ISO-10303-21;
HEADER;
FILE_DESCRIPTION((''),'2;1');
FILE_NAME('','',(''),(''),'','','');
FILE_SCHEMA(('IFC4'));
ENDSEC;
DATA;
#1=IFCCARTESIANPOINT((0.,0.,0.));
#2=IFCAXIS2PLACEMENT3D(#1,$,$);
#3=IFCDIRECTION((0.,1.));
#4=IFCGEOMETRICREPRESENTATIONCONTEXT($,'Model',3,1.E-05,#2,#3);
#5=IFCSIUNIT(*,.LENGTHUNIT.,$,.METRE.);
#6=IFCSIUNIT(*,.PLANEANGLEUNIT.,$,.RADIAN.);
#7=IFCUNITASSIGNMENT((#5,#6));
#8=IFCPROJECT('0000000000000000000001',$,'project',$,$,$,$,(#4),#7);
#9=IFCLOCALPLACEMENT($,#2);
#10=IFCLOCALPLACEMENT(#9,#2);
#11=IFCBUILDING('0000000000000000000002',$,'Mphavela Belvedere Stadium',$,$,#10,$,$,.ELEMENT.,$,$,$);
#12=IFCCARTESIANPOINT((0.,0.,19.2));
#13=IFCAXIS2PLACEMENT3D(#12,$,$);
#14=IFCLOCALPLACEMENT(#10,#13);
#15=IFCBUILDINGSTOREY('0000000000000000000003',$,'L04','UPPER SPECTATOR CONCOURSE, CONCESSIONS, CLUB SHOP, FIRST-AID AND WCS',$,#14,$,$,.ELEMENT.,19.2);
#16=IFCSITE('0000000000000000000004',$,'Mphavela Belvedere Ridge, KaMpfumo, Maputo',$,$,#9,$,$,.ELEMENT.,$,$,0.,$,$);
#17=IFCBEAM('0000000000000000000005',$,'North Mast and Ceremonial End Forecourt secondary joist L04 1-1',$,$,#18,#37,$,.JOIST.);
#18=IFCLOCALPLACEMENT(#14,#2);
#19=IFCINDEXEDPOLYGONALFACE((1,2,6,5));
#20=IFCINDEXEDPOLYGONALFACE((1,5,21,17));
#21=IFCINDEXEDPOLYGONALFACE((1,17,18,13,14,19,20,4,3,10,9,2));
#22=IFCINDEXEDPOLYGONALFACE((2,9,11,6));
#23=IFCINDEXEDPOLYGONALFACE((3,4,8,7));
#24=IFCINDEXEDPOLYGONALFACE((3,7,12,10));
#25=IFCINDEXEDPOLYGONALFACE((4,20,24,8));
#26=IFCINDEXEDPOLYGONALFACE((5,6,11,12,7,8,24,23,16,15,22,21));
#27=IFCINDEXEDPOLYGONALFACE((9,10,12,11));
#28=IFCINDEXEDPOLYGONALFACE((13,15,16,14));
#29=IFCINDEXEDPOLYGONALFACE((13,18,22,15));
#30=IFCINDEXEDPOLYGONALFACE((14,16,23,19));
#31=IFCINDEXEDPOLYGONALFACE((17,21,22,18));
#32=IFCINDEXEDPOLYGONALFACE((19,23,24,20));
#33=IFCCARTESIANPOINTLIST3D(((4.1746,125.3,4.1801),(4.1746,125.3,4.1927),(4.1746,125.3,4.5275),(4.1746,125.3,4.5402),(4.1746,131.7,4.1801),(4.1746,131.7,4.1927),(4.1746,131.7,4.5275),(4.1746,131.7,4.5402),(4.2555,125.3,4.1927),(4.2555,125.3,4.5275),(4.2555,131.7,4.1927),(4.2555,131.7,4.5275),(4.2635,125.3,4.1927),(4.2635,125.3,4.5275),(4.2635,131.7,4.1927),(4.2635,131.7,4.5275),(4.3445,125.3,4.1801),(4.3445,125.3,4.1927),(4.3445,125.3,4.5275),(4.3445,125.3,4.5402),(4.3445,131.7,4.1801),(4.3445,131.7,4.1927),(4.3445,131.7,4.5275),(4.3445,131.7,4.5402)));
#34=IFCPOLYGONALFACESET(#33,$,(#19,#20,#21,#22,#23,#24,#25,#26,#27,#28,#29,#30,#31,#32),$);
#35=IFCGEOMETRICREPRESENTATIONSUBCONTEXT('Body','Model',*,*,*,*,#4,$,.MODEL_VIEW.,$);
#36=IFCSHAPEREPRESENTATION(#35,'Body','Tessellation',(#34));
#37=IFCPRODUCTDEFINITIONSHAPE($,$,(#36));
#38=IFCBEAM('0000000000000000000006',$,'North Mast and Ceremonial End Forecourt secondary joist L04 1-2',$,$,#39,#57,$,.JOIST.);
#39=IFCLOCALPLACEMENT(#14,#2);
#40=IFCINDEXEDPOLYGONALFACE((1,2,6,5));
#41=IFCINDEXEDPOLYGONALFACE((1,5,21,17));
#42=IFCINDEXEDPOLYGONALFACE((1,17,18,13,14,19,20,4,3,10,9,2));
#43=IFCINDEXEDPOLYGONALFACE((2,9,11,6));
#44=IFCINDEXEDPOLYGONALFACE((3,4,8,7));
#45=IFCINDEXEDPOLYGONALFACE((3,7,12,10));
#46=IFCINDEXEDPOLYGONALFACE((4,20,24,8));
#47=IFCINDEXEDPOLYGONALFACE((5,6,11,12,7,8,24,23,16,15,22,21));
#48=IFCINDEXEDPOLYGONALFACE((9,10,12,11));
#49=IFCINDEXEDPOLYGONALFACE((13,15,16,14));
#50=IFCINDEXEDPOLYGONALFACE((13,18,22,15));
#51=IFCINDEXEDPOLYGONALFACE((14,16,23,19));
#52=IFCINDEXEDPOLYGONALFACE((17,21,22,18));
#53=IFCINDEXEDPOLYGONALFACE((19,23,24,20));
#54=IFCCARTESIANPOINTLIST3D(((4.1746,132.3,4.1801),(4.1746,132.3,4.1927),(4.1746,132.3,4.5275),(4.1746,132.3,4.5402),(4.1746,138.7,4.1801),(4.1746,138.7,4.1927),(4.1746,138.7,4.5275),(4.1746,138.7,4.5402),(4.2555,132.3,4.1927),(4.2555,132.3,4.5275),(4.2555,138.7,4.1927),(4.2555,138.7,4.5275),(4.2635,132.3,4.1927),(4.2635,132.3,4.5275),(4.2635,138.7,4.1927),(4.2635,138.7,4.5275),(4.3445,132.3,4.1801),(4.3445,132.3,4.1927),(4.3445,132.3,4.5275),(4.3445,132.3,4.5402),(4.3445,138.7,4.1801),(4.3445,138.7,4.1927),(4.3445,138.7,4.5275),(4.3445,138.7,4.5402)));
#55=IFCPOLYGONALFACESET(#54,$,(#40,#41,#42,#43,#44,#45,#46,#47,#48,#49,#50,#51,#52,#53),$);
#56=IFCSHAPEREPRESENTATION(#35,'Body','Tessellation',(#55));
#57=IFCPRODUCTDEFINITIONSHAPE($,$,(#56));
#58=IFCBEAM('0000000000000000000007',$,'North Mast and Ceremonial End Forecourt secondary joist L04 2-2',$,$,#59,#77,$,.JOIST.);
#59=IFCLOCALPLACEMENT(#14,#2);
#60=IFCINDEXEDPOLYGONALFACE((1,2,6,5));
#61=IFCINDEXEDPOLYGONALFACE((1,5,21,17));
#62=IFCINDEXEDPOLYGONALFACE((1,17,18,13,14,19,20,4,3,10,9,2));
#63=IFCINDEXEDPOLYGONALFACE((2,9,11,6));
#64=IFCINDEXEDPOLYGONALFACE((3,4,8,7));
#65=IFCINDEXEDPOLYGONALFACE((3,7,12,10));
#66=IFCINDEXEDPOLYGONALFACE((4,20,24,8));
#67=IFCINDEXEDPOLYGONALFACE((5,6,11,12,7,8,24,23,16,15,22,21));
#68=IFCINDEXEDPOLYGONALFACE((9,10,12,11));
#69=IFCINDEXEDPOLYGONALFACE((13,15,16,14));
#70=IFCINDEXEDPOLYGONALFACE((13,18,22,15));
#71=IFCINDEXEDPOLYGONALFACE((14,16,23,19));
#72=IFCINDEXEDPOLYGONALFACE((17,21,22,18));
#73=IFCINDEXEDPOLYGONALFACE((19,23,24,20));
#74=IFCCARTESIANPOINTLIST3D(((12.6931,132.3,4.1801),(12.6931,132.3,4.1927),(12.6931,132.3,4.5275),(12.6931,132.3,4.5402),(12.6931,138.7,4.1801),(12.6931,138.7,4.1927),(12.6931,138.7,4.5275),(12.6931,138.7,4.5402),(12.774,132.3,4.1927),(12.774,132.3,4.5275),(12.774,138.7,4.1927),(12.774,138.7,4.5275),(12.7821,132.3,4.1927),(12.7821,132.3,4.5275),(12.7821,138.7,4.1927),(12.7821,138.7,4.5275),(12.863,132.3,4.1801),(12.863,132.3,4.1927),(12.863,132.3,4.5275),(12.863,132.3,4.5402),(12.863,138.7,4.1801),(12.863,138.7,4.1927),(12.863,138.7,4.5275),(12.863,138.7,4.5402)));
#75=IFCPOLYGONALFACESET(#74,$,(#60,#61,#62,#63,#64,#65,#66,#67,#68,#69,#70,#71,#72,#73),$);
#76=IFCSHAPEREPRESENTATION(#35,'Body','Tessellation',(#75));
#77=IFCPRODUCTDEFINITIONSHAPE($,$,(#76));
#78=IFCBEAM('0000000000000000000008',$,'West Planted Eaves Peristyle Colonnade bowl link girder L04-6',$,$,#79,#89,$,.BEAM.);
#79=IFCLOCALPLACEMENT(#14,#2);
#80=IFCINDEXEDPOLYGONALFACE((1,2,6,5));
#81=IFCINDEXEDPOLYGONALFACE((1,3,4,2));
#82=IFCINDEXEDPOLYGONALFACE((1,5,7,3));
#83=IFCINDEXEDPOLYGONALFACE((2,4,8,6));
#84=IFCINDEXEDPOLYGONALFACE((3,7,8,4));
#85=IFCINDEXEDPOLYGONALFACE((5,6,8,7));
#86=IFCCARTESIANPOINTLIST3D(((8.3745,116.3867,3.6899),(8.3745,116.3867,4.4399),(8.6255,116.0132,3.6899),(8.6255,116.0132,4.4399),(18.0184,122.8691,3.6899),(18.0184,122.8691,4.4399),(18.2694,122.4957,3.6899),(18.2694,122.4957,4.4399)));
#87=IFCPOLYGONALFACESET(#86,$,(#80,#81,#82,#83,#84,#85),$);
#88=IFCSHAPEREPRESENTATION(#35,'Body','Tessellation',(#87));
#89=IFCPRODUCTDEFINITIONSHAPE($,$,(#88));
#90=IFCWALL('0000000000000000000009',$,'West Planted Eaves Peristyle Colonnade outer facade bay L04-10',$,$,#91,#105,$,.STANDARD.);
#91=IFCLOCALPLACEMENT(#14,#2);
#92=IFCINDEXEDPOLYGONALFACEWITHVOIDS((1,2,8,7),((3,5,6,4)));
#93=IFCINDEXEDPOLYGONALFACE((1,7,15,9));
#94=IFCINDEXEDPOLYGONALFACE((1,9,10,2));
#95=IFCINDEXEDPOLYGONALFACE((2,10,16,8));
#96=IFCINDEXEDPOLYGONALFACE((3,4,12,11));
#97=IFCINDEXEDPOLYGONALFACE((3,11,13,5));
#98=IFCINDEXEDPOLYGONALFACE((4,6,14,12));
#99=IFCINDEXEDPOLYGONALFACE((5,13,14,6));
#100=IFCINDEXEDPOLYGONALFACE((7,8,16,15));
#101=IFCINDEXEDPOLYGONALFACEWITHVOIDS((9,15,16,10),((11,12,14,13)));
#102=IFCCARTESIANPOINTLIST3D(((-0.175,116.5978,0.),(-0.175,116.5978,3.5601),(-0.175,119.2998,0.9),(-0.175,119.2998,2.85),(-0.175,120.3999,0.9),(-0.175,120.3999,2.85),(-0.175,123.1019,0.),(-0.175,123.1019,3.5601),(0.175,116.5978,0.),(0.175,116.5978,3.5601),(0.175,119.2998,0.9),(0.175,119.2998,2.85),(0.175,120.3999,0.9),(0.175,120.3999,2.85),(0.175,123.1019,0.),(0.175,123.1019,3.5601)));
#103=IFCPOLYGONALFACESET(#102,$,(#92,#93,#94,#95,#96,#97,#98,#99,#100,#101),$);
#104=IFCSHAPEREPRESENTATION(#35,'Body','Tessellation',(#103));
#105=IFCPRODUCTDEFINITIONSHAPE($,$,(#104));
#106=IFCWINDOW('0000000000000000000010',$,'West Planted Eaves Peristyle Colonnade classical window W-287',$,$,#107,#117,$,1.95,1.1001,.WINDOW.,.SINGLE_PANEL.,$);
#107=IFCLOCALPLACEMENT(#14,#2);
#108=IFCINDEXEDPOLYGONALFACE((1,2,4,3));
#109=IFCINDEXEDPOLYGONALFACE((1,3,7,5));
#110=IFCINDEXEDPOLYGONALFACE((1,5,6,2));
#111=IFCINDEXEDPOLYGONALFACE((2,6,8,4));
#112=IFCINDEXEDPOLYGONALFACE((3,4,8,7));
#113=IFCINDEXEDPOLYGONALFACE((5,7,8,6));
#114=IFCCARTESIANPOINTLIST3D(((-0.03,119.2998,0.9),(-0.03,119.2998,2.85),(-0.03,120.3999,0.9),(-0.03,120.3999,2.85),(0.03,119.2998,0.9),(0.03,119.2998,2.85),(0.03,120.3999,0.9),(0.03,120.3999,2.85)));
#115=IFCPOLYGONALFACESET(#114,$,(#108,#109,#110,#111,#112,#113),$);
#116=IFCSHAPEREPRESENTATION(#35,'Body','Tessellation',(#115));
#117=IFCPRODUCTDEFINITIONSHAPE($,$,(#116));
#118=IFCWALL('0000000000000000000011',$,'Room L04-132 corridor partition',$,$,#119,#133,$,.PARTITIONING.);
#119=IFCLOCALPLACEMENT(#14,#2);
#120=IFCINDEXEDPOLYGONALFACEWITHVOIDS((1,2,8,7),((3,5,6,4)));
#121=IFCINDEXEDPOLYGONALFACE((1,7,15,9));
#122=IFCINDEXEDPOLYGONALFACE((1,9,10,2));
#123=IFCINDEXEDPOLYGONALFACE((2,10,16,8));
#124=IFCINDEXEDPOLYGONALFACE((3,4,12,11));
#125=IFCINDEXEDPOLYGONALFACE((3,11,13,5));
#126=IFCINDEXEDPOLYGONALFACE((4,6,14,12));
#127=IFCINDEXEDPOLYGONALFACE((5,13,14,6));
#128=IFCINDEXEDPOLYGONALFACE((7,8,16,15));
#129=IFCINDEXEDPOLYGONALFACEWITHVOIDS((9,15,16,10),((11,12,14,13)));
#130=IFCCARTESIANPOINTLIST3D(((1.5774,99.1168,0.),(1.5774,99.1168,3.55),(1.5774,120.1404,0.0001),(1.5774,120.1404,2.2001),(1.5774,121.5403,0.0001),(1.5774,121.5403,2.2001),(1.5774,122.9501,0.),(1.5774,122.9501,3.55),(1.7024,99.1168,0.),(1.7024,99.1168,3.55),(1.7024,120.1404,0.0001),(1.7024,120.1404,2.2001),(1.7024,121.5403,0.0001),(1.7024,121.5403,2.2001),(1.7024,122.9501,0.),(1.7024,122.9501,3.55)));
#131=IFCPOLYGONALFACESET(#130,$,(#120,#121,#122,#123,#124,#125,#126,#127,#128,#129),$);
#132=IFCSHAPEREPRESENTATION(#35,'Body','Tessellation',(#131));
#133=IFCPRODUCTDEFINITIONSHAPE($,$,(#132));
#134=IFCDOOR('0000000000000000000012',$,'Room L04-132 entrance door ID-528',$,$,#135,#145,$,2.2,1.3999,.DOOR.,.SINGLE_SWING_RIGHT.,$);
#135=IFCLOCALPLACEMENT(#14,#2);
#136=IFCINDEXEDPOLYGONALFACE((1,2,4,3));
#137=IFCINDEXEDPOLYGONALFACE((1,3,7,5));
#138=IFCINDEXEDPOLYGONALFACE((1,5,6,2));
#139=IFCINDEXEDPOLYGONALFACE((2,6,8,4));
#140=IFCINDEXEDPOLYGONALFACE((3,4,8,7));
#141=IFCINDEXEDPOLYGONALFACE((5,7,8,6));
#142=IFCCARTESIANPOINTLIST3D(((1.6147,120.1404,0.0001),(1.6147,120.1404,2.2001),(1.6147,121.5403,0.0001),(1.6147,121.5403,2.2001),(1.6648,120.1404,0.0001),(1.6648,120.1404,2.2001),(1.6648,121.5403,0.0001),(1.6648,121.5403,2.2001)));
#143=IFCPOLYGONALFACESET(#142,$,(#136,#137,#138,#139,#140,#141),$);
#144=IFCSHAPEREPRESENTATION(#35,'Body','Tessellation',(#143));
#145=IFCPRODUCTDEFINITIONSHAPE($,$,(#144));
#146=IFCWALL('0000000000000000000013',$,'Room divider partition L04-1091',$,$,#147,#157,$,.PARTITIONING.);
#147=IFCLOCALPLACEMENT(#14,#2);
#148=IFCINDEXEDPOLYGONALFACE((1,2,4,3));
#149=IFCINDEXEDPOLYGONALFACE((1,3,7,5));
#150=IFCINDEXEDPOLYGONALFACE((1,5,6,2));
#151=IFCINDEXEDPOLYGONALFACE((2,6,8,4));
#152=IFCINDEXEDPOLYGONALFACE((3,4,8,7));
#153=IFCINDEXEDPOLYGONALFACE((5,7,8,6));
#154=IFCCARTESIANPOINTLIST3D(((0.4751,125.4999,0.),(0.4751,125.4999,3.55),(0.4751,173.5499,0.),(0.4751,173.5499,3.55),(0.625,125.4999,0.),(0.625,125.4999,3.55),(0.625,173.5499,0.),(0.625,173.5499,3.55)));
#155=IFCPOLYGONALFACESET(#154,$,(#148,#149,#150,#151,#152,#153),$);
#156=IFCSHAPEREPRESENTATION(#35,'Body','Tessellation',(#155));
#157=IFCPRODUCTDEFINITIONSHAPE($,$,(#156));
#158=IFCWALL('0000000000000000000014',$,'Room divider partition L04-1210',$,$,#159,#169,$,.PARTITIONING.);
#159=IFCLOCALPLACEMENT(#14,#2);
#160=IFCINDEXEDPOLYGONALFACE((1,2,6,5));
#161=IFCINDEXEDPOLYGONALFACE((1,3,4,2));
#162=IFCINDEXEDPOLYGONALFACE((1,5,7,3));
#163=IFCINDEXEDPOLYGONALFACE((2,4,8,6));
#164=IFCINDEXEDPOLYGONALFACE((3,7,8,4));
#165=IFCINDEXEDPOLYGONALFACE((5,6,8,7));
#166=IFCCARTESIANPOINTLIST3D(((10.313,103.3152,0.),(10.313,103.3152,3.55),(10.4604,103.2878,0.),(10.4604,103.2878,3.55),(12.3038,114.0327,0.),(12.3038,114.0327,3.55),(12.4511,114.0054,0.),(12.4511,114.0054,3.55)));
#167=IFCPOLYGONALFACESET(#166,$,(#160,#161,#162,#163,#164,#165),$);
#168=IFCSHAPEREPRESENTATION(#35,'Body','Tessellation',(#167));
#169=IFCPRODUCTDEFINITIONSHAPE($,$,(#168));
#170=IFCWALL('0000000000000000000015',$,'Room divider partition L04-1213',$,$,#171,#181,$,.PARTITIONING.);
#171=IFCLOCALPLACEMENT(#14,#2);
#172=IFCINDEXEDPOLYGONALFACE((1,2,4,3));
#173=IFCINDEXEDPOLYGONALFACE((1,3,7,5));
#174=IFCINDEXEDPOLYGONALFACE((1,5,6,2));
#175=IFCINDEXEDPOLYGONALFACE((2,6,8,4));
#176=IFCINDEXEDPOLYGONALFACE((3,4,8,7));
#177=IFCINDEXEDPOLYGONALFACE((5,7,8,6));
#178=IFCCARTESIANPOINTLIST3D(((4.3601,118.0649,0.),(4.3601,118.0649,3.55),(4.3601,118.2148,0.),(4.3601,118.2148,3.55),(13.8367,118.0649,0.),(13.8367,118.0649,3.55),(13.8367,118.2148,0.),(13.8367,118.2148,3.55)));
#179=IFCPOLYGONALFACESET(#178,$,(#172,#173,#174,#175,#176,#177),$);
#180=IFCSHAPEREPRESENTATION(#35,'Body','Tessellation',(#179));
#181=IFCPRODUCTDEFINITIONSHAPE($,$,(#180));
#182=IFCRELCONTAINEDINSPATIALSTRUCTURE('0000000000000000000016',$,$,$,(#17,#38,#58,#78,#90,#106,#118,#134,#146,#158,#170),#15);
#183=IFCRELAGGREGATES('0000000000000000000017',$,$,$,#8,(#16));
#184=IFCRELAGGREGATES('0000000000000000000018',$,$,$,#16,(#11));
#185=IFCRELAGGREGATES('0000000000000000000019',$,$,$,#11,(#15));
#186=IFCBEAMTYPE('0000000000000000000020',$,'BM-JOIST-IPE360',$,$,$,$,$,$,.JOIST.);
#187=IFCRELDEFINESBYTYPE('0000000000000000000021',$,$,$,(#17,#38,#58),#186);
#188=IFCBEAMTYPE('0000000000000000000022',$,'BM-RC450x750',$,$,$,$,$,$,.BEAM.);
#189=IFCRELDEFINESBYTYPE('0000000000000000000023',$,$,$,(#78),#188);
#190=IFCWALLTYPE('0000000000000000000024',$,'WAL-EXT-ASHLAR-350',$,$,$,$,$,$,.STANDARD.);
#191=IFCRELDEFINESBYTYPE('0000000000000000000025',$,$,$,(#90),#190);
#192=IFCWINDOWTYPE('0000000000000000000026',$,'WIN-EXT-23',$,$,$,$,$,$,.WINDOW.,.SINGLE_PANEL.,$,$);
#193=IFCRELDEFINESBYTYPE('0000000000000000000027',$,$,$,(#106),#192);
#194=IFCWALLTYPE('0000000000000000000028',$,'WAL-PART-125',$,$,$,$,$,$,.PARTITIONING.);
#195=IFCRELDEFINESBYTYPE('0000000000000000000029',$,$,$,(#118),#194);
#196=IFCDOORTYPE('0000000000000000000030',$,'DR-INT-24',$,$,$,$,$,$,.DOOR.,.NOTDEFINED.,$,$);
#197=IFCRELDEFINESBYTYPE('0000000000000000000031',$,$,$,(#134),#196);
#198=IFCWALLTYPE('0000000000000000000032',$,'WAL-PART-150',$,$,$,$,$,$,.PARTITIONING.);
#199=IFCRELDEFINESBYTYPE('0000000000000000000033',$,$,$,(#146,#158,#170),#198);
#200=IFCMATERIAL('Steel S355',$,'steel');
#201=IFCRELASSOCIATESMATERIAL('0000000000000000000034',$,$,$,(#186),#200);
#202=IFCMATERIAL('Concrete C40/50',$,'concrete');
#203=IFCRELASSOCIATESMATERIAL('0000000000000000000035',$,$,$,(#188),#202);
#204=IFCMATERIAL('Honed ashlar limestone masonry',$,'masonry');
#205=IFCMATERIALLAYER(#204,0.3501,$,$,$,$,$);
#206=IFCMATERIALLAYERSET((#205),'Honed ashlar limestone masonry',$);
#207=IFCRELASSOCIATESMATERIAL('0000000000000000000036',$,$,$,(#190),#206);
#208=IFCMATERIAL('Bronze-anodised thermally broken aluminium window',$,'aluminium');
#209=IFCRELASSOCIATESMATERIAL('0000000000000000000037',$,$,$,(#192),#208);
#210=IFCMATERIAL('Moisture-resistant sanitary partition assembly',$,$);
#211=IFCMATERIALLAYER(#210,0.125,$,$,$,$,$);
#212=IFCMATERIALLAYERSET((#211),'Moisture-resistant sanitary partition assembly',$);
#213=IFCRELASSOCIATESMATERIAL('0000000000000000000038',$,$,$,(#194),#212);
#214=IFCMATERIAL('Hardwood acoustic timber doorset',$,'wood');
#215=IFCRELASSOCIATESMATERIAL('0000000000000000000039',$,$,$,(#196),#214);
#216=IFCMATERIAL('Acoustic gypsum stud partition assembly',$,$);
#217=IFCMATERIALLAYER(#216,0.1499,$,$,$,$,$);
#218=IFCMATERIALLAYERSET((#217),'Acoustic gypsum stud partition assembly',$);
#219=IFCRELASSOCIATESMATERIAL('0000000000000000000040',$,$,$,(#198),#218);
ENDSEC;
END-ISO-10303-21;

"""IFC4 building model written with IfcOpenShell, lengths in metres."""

from ifc_helpers import new_model, si_unit, direction, frame, frame_2d, origin, origin_2d, place, context, subcontext, project, spatial, rectangle, i_section, extrude, material, layer, layer_set, material_profile, profile_set, type_object, element, fill, save


model = new_model("IFC4")

# Units and contexts
model_context = context("Model", 3, precision=1e-05, world=origin(), true_north=direction((0.0, 1.0)))
body_context = subcontext(model_context, "Body", "Model", "MODEL_VIEW")
ifc_project = project(units=[si_unit("LENGTHUNIT", "METRE"), si_unit("PLANEANGLEUNIT", "RADIAN")], contexts=[model_context])

# Site, building, storey
site_placement = place(None, origin())
site = spatial("IfcSite", under=ifc_project, at=site_placement, Name="Mphavela Belvedere Ridge, KaMpfumo, Maputo", CompositionType="ELEMENT", RefElevation=0.0)
building_placement = place(site_placement, origin())
building = spatial("IfcBuilding", under=site, at=building_placement, Name="Mphavela Belvedere Stadium", CompositionType="ELEMENT")
storey_placement = place(building_placement, frame((0.0, 0.0, 19.2)))
storey = spatial("IfcBuildingStorey", under=building, at=storey_placement, Name="L04", Description="UPPER SPECTATOR CONCOURSE, CONCESSIONS, CLUB SHOP, FIRST-AID AND WCS", CompositionType="ELEMENT", Elevation=19.2)

# Beams
ifc_material_1 = material(Name="Steel S355", Category="steel")
ifc_material_profile_1 = material_profile(ifc_material_1, i_section(OverallWidth=0.1699, OverallDepth=0.3601, WebThickness=0.0081, FlangeThickness=0.0127, at=origin_2d()), Name="IPE 360")
ifc_profile_set_1 = profile_set([ifc_material_profile_1], Name="Steel S355")
beam_type_1 = type_object("IfcBeamType", Name="BM-JOIST-IPE360", PredefinedType="JOIST", material=ifc_profile_set_1)
for number, where, z_axis, x_axis, name in (
    (1, (4.2595, 125.3, 4.3601), (0.0, 1.0, 0.0), (-1.0, 0.0, 0.0), "North Mast and Ceremonial End Forecourt secondary joist L04 1-1"),
    (2, (4.2595, 132.3, 4.3601), (0.0, 1.0, 0.0), (-1.0, 0.0, 0.0), "North Mast and Ceremonial End Forecourt secondary joist L04 1-2"),
    (3, (12.7781, 132.3, 4.3601), (0.0, 1.0, 0.0), (-1.0, 0.0, 0.0), "North Mast and Ceremonial End Forecourt secondary joist L04 2-2"),
):
    element("IfcBeam", number, at=place(storey_placement, frame(where, z_axis=z_axis, x_axis=x_axis)), inside=storey, type_object=beam_type_1, Name=name, PredefinedType="JOIST", context=body_context, shape_type="SweptSolid", body=[
        extrude(i_section(OverallWidth=0.1699, OverallDepth=0.3601, WebThickness=0.0081, FlangeThickness=0.0127, at=origin_2d()), origin(), (0.0, 0.0, 1.0), 6.3999),
    ])
ifc_material_2 = material(Name="Concrete C40/50", Category="concrete")
ifc_material_profile_2 = material_profile(ifc_material_2, rectangle(XDim=0.45, YDim=0.75, at=origin_2d()), Name="RC 450x750")
ifc_profile_set_2 = profile_set([ifc_material_profile_2], Name="Concrete C40/50")
beam_type_2 = type_object("IfcBeamType", Name="BM-RC450x750", PredefinedType="BEAM", material=ifc_profile_set_2)
beam_1_placement = place(storey_placement, frame((8.5, 116.2, 4.0649), z_axis=(0.82993, 0.557867, 0.0), x_axis=(-0.557867, 0.82993, 0.0)))
element("IfcBeam", 4, at=beam_1_placement, inside=storey, type_object=beam_type_2, Name="West Planted Eaves Peristyle Colonnade bowl link girder L04-6", PredefinedType="BEAM", context=body_context, shape_type="SweptSolid", body=[
    extrude(rectangle(XDim=0.45, YDim=0.75, at=origin_2d()), origin(), (0.0, 0.0, 1.0), 11.6201),
])

# Wall, opening, window
ifc_material_3 = material(Name="Honed ashlar limestone masonry", Category="masonry")
ifc_layer_1 = layer(ifc_material_3, 0.3501)
ifc_layer_set_1 = layer_set([ifc_layer_1], Name="Honed ashlar limestone masonry")
wall_type_1 = type_object("IfcWallType", Name="WAL-EXT-ASHLAR-350", PredefinedType="STANDARD", material=ifc_layer_set_1)
wall_1_placement = place(storey_placement, frame((0.0, 116.5979, 0.0), z_axis=(0.0, 0.0, 1.0), x_axis=(0.0, 1.0, 0.0)))
wall_1 = element("IfcWall", 5, at=wall_1_placement, inside=storey, type_object=wall_type_1, Name="West Planted Eaves Peristyle Colonnade outer facade bay L04-10", PredefinedType="STANDARD", context=body_context, shape_type="SweptSolid", body=[
    extrude(rectangle(XDim=6.5042, YDim=0.3501, at=frame_2d((3.252, 0.0))), origin(), (0.0, 0.0, 1.0), 3.5601),
])
opening_1_placement = place(wall_1_placement, frame((2.7019, 0.0, 0.8999)))
opening_1 = element("IfcOpeningElement", 6, at=opening_1_placement, cuts=wall_1, PredefinedType="OPENING", context=body_context, shape_type="SweptSolid", body=[
    extrude(rectangle(XDim=1.1001, YDim=1.95, at=frame_2d((0.55, 0.9751))), frame((0.0, 0.1851, 0.0), z_axis=(0.0, -1.0, 0.0), x_axis=(1.0, 0.0, 0.0)), (0.0, 0.0, 1.0), 0.3701),
])
ifc_material_4 = material(Name="Bronze-anodised thermally broken aluminium window", Category="aluminium")
window_type = type_object("IfcWindowType", Name="WIN-EXT-23", PartitioningType="SINGLE_PANEL", PredefinedType="WINDOW", material=ifc_material_4)
window_placement = place(opening_1_placement, origin())
window = element("IfcWindow", 7, at=window_placement, inside=storey, type_object=window_type, Name="West Planted Eaves Peristyle Colonnade classical window W-287", OverallHeight=1.95, OverallWidth=1.1001, PartitioningType="SINGLE_PANEL", PredefinedType="WINDOW", context=body_context, shape_type="SweptSolid", body=[
    extrude(rectangle(XDim=1.1001, YDim=1.95, at=frame_2d((0.55, 0.9751))), frame((0.0, 0.03, 0.0), z_axis=(0.0, -1.0, 0.0), x_axis=(1.0, 0.0, 0.0)), (0.0, 0.0, 1.0), 0.0601),
])
fill(opening_1, window)

# Wall, opening, door
ifc_material_5 = material(Name="Moisture-resistant sanitary partition assembly")
ifc_layer_2 = layer(ifc_material_5, 0.125)
ifc_layer_set_2 = layer_set([ifc_layer_2], Name="Moisture-resistant sanitary partition assembly")
wall_type_2 = type_object("IfcWallType", Name="WAL-PART-125", PredefinedType="PARTITIONING", material=ifc_layer_set_2)
wall_2_placement = place(storey_placement, frame((1.6399, 122.95, 0.0), z_axis=(0.0, 0.0, 1.0), x_axis=(0.0, -1.0, 0.0)))
wall_2 = element("IfcWall", 8, at=wall_2_placement, inside=storey, type_object=wall_type_2, Name="Room L04-132 corridor partition", PredefinedType="PARTITIONING", context=body_context, shape_type="SweptSolid", body=[
    extrude(rectangle(XDim=23.8333, YDim=0.125, at=frame_2d((11.9165, 0.0))), origin(), (0.0, 0.0, 1.0), 3.55),
])
opening_2_placement = place(wall_2_placement, frame((1.4097, 0.0, 0.0)))
opening_2 = element("IfcOpeningElement", 9, at=opening_2_placement, cuts=wall_2, PredefinedType="OPENING", context=body_context, shape_type="SweptSolid", body=[
    extrude(rectangle(XDim=1.3999, YDim=2.2, at=frame_2d((0.7, 1.1001))), frame((0.0, 0.0725, 0.0), z_axis=(0.0, -1.0, 0.0), x_axis=(1.0, 0.0, 0.0)), (0.0, 0.0, 1.0), 0.145),
])
ifc_material_6 = material(Name="Hardwood acoustic timber doorset", Category="wood")
door_type = type_object("IfcDoorType", Name="DR-INT-24", OperationType="NOTDEFINED", PredefinedType="DOOR", material=ifc_material_6)
door_placement = place(opening_2_placement, origin())
door = element("IfcDoor", 10, at=door_placement, inside=storey, type_object=door_type, Name="Room L04-132 entrance door ID-528", OperationType="SINGLE_SWING_RIGHT", OverallHeight=2.2, OverallWidth=1.3999, PredefinedType="DOOR", context=body_context, shape_type="SweptSolid", body=[
    extrude(rectangle(XDim=1.3999, YDim=2.2, at=frame_2d((0.7, 1.1001))), frame((0.0, 0.0249, 0.0), z_axis=(0.0, -1.0, 0.0), x_axis=(1.0, 0.0, 0.0)), (0.0, 0.0, 1.0), 0.05),
])
fill(opening_2, door)

# Walls
ifc_material_7 = material(Name="Acoustic gypsum stud partition assembly")
ifc_layer_3 = layer(ifc_material_7, 0.1499)
ifc_layer_set_3 = layer_set([ifc_layer_3], Name="Acoustic gypsum stud partition assembly")
wall_type_3 = type_object("IfcWallType", Name="WAL-PART-150", PredefinedType="PARTITIONING", material=ifc_layer_set_3)
wall_3_placement = place(storey_placement, frame((0.55, 125.5, 0.0), z_axis=(0.0, 0.0, 1.0), x_axis=(0.0, 1.0, 0.0)))
element("IfcWall", 11, at=wall_3_placement, inside=storey, type_object=wall_type_3, Name="Room divider partition L04-1091", PredefinedType="PARTITIONING", context=body_context, shape_type="SweptSolid", body=[
    extrude(rectangle(XDim=48.05, YDim=0.1499, at=frame_2d((24.0249, 0.0))), origin(), (0.0, 0.0, 1.0), 3.55),
])
wall_4_placement = place(storey_placement, frame((12.3774, 114.019, 0.0), z_axis=(0.0, 0.0, 1.0), x_axis=(-0.182621, -0.983183, 0.0)))
element("IfcWall", 12, at=wall_4_placement, inside=storey, type_object=wall_type_3, Name="Room divider partition L04-1210", PredefinedType="PARTITIONING", context=body_context, shape_type="SweptSolid", body=[
    extrude(rectangle(XDim=10.9009, YDim=0.1499, at=frame_2d((5.4504, 0.0))), origin(), (0.0, 0.0, 1.0), 3.55),
])
wall_5_placement = place(storey_placement, frame((4.3601, 118.1399, 0.0), z_axis=(0.0, 0.0, 1.0), x_axis=(1.0, 0.0, 0.0)))
element("IfcWall", 13, at=wall_5_placement, inside=storey, type_object=wall_type_3, Name="Room divider partition L04-1213", PredefinedType="PARTITIONING", context=body_context, shape_type="SweptSolid", body=[
    extrude(rectangle(XDim=9.4766, YDim=0.1499, at=frame_2d((4.7383, 0.0))), origin(), (0.0, 0.0, 1.0), 3.55),
])

save(model, "model.ifc")
